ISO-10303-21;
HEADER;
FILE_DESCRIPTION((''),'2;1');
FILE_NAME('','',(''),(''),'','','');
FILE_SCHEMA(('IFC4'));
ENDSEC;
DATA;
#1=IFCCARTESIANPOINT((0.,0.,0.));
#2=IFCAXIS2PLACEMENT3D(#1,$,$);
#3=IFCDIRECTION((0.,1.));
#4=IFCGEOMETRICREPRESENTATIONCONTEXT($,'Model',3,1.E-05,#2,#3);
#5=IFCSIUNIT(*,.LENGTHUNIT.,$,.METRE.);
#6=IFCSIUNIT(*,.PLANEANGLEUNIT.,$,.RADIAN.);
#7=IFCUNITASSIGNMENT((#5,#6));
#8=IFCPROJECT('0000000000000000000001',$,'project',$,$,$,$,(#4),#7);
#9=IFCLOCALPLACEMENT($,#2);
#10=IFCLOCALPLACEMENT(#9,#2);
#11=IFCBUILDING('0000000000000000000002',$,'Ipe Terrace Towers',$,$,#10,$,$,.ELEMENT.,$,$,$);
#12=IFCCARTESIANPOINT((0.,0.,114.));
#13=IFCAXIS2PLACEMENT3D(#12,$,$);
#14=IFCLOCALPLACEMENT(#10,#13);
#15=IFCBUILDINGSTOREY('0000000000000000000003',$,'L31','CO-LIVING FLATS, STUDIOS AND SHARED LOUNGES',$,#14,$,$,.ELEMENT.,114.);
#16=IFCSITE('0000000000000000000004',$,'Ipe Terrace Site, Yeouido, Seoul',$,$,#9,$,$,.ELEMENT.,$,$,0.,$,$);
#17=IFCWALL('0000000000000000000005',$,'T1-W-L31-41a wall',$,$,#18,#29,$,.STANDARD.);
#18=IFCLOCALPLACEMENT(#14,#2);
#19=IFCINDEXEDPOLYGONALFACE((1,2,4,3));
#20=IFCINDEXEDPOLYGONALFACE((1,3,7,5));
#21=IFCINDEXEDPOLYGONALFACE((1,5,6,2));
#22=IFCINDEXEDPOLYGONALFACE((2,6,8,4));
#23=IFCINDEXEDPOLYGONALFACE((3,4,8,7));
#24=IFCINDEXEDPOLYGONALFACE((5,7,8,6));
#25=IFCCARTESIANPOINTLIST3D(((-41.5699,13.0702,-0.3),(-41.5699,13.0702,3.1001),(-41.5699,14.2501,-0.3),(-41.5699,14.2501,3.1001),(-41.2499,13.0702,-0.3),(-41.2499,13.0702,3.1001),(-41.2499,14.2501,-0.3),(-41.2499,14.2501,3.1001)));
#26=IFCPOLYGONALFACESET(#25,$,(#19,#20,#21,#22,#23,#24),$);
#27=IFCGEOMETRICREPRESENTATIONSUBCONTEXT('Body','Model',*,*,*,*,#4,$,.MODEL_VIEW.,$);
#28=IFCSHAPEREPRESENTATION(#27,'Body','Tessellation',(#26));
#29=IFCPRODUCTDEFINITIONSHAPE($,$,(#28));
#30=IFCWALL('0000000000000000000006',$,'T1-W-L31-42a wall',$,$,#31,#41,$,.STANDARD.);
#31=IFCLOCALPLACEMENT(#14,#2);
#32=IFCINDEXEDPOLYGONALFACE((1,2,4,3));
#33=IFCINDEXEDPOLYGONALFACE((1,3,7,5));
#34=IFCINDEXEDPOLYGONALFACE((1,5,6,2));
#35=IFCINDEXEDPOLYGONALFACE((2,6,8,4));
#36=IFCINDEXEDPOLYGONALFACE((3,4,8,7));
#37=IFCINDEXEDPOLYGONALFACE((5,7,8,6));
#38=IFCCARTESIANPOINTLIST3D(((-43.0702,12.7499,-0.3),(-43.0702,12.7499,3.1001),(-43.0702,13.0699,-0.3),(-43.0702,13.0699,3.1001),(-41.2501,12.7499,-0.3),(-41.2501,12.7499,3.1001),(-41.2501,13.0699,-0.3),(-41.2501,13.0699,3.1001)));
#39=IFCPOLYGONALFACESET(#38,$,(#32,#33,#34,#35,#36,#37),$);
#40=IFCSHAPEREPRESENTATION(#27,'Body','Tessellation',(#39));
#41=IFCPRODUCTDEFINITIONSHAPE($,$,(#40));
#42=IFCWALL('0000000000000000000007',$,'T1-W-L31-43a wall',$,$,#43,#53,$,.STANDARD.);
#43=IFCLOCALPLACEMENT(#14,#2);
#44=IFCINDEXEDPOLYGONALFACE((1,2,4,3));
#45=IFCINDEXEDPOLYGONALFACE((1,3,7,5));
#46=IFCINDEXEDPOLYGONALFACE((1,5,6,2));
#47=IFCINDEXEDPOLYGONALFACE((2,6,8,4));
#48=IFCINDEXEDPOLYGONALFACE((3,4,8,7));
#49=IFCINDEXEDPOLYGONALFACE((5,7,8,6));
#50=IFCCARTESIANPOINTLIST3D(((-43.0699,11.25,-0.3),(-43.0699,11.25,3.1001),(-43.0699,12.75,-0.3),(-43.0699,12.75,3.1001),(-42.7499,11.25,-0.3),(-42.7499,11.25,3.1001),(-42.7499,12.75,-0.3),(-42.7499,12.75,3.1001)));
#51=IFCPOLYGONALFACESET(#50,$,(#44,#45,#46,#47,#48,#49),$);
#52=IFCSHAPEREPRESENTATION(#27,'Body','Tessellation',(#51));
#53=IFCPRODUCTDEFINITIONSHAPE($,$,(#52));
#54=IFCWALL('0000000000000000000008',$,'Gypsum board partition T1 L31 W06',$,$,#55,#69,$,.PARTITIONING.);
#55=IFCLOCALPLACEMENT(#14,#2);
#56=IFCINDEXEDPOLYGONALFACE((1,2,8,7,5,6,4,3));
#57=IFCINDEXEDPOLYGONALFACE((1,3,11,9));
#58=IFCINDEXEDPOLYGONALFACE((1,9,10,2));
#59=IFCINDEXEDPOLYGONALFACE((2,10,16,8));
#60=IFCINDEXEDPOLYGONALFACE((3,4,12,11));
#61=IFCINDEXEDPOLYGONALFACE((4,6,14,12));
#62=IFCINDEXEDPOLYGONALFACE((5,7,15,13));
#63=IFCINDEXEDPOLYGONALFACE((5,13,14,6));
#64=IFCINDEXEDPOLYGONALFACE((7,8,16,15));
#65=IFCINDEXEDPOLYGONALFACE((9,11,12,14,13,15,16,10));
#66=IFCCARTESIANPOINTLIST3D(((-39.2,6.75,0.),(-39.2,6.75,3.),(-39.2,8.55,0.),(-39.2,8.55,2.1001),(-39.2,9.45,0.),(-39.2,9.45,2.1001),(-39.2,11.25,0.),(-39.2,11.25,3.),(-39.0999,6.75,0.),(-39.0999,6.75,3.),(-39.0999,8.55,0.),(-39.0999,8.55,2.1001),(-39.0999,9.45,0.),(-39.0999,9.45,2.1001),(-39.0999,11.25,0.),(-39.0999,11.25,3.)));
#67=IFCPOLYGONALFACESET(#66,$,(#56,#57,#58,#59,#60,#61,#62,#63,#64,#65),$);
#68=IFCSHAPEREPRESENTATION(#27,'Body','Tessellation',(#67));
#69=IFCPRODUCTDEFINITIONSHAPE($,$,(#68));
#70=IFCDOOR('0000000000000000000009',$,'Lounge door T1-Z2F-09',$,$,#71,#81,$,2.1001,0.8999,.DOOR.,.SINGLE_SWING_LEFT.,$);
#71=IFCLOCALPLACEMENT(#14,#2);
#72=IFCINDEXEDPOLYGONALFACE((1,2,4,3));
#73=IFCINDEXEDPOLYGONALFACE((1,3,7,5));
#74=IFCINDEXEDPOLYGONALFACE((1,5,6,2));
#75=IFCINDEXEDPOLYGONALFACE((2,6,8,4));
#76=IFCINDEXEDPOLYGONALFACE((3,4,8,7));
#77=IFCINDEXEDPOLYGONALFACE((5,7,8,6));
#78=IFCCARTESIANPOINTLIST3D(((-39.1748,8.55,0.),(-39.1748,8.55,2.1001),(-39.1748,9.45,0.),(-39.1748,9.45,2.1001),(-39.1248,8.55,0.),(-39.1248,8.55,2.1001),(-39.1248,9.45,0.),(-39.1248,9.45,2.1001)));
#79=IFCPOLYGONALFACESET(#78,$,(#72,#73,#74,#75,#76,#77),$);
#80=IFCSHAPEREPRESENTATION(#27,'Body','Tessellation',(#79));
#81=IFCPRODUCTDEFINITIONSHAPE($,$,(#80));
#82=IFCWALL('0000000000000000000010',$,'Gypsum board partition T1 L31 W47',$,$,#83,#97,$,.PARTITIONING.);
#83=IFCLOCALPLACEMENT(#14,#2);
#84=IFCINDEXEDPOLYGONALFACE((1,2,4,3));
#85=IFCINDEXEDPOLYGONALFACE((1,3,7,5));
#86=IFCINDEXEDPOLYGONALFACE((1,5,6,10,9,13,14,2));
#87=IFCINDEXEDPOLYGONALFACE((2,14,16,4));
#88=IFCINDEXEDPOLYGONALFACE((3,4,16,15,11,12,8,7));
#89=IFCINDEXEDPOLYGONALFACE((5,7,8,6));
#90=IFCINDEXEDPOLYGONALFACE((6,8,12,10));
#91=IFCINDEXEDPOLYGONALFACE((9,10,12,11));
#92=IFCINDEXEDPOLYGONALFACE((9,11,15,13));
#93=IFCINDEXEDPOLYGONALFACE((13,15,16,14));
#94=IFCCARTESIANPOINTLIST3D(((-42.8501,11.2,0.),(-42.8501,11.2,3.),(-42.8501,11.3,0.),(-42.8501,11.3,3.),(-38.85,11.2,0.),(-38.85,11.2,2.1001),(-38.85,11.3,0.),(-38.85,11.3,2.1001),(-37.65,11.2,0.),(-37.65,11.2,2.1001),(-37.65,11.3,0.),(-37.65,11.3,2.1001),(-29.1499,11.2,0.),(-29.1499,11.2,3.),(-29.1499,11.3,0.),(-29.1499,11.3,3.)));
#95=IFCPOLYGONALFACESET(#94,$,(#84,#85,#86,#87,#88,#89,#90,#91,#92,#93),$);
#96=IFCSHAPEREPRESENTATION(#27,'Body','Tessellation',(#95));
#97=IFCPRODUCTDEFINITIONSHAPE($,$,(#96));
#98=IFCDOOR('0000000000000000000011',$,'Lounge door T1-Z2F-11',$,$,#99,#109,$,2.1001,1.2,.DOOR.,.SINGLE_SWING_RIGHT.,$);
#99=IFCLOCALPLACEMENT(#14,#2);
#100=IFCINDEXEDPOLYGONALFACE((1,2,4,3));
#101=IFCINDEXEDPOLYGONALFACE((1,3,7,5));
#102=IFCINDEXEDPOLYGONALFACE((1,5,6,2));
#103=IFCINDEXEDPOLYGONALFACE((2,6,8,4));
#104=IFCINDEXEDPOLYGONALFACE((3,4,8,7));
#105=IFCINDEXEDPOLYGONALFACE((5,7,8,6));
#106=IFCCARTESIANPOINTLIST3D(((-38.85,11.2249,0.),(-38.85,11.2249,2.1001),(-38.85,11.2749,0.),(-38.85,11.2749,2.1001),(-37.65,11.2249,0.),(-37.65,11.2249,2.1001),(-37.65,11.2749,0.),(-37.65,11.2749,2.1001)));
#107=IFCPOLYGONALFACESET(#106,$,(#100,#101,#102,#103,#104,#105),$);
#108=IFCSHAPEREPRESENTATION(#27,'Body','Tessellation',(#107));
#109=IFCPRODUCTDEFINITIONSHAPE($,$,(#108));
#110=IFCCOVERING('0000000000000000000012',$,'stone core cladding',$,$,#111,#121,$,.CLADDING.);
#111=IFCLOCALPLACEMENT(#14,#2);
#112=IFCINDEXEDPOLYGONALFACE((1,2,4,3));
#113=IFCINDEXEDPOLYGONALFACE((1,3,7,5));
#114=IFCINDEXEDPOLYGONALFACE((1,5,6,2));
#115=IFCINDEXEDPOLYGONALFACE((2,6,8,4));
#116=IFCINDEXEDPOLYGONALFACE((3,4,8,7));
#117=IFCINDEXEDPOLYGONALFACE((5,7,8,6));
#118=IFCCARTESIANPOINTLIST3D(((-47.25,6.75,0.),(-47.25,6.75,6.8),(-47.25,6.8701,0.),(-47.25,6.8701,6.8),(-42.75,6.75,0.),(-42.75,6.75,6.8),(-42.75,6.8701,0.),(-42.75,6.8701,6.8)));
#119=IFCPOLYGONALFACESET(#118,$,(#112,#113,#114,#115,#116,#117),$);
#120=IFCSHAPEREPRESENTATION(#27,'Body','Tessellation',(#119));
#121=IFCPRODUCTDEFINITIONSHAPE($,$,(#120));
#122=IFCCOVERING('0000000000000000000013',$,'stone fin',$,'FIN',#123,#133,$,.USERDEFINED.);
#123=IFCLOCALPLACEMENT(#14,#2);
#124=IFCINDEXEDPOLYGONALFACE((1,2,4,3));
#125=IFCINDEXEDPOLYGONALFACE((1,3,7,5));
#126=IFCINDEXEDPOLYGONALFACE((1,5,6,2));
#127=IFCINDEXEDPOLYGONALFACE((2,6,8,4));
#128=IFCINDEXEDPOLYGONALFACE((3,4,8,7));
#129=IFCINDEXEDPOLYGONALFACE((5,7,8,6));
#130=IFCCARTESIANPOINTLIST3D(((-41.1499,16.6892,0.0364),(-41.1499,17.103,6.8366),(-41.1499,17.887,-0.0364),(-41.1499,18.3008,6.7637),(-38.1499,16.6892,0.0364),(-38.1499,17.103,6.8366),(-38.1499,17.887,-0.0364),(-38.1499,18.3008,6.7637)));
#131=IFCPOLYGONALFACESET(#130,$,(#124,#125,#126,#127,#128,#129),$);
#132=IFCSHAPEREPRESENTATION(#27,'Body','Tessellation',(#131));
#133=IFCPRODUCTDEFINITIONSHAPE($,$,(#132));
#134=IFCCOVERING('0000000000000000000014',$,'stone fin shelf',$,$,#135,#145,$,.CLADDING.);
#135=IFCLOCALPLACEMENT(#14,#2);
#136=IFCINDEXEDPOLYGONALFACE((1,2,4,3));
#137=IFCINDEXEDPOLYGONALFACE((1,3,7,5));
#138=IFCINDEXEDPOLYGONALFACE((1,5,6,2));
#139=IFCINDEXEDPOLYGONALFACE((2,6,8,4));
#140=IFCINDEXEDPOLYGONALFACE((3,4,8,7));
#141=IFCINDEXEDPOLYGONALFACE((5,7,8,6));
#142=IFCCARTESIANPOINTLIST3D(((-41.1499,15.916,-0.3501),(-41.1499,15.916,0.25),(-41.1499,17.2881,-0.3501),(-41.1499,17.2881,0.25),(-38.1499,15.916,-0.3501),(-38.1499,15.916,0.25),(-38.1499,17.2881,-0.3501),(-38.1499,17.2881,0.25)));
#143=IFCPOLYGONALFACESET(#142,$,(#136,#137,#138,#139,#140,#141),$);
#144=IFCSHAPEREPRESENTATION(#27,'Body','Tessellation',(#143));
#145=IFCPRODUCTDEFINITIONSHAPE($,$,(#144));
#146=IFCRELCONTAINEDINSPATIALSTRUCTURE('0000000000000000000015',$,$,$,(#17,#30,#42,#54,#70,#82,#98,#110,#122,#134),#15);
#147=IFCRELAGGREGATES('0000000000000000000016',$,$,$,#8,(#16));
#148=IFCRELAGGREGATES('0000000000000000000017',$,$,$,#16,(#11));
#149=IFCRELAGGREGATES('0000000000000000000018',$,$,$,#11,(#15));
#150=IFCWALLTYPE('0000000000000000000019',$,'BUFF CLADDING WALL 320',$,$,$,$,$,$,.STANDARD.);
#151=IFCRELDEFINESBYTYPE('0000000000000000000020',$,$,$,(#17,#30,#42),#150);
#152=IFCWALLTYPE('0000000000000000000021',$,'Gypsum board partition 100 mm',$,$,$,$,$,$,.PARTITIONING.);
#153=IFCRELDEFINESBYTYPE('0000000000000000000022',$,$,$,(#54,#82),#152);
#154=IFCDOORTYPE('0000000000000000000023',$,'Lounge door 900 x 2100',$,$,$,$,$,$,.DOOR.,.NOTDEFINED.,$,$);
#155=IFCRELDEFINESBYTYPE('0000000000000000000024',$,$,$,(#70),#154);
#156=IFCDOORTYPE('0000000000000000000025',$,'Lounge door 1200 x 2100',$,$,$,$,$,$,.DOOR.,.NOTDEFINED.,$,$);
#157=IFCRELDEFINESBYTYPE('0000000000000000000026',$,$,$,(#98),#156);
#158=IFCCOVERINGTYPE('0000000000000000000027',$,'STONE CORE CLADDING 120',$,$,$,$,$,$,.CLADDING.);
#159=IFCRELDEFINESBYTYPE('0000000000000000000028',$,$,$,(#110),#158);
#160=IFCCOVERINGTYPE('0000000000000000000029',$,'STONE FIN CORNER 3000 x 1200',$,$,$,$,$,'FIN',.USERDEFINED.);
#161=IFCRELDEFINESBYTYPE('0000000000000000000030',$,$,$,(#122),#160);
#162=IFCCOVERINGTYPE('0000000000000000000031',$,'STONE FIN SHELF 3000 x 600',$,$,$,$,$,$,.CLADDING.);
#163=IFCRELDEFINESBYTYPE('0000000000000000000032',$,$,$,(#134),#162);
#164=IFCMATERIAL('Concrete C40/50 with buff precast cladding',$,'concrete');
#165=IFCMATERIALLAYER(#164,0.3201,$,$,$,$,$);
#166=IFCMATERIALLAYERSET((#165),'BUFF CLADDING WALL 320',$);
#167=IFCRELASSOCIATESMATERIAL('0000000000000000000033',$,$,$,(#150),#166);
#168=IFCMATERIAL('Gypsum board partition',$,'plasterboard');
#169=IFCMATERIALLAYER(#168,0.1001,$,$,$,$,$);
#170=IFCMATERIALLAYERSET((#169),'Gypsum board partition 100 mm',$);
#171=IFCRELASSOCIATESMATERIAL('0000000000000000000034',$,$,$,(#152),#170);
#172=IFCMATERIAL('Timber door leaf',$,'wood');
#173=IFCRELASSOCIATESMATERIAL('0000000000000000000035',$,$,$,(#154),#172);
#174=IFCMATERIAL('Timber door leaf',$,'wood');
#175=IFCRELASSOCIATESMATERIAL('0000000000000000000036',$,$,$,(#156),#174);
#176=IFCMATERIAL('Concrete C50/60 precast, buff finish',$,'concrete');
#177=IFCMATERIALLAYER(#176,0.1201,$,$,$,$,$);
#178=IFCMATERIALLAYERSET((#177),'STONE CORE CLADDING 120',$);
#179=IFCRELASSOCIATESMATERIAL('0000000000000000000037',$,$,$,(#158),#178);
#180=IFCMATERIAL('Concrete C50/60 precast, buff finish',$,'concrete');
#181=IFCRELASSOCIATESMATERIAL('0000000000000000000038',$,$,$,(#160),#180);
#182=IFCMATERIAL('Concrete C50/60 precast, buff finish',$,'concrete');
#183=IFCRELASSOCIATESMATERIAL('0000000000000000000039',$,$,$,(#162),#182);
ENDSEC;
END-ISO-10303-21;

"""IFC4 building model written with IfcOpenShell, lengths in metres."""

from ifc_helpers import new_model, si_unit, direction, frame, frame_2d, origin, origin_2d, place, context, subcontext, project, spatial, rectangle, extrude, material, layer, layer_set, material_profile, profile_set, type_object, element, fill, save


model = new_model("IFC4")

# Units and contexts
model_context = context("Model", 3, precision=1e-05, world=origin(), true_north=direction((0.0, 1.0)))
body_context = subcontext(model_context, "Body", "Model", "MODEL_VIEW")
ifc_project = project(units=[si_unit("LENGTHUNIT", "METRE"), si_unit("PLANEANGLEUNIT", "RADIAN")], contexts=[model_context])

# Site, building, storey
site_placement = place(None, origin())
site = spatial("IfcSite", under=ifc_project, at=site_placement, Name="Ipe Terrace Site, Yeouido, Seoul", CompositionType="ELEMENT", RefElevation=0.0)
building_placement = place(site_placement, origin())
building = spatial("IfcBuilding", under=site, at=building_placement, Name="Ipe Terrace Towers", CompositionType="ELEMENT")
storey_placement = place(building_placement, frame((0.0, 0.0, 114.0)))
storey = spatial("IfcBuildingStorey", under=building, at=storey_placement, Name="L31", Description="CO-LIVING FLATS, STUDIOS AND SHARED LOUNGES", CompositionType="ELEMENT", Elevation=114.0)

# Walls
ifc_material_1 = material(Name="Concrete C40/50 with buff precast cladding", Category="concrete")
ifc_layer_1 = layer(ifc_material_1, 0.3201)
ifc_layer_set_1 = layer_set([ifc_layer_1], Name="BUFF CLADDING WALL 320")
wall_type_1 = type_object("IfcWallType", Name="BUFF CLADDING WALL 320", PredefinedType="STANDARD", material=ifc_layer_set_1)
wall_1_placement = place(storey_placement, frame((-41.4099, 14.25, -0.3), z_axis=(0.0, 0.0, 1.0), x_axis=(0.0, -1.0, 0.0)))
element("IfcWall", 1, at=wall_1_placement, inside=storey, type_object=wall_type_1, Name="T1-W-L31-41a wall", PredefinedType="STANDARD", context=body_context, shape_type="SweptSolid", body=[
    extrude(rectangle(XDim=1.1799, YDim=0.3201, at=frame_2d((0.5898, 0.0))), origin(), (0.0, 0.0, 1.0), 3.4001),
])
wall_2_placement = place(storey_placement, frame((-41.25, 12.9099, -0.3), z_axis=(0.0, 0.0, 1.0), x_axis=(-1.0, 0.0, 0.0)))
element("IfcWall", 2, at=wall_2_placement, inside=storey, type_object=wall_type_1, Name="T1-W-L31-42a wall", PredefinedType="STANDARD", context=body_context, shape_type="SweptSolid", body=[
    extrude(rectangle(XDim=1.8201, YDim=0.3201, at=frame_2d((0.9102, 0.0))), origin(), (0.0, 0.0, 1.0), 3.4001),
])
wall_3_placement = place(storey_placement, frame((-42.9099, 12.75, -0.3), z_axis=(0.0, 0.0, 1.0), x_axis=(0.0, -1.0, 0.0)))
element("IfcWall", 3, at=wall_3_placement, inside=storey, type_object=wall_type_1, Name="T1-W-L31-43a wall", PredefinedType="STANDARD", context=body_context, shape_type="SweptSolid", body=[
    extrude(rectangle(XDim=1.5, YDim=0.3201, at=frame_2d((0.75, 0.0))), origin(), (0.0, 0.0, 1.0), 3.4001),
])

# Walls, openings, doors
ifc_material_2 = material(Name="Gypsum board partition", Category="plasterboard")
ifc_layer_2 = layer(ifc_material_2, 0.1001)
ifc_layer_set_2 = layer_set([ifc_layer_2], Name="Gypsum board partition 100 mm")
wall_type_2 = type_object("IfcWallType", Name="Gypsum board partition 100 mm", PredefinedType="PARTITIONING", material=ifc_layer_set_2)
wall_4_placement = place(storey_placement, frame((-39.1499, 6.75, 0.0), z_axis=(0.0, 0.0, 1.0), x_axis=(0.0, 1.0, 0.0)))
wall_4 = element("IfcWall", 4, at=wall_4_placement, inside=storey, type_object=wall_type_2, Name="Gypsum board partition T1 L31 W06", PredefinedType="PARTITIONING", context=body_context, shape_type="SweptSolid", body=[
    extrude(rectangle(XDim=4.5, YDim=0.1001, at=frame_2d((2.25, 0.0))), origin(), (0.0, 0.0, 1.0), 3.0),
])
opening_1_placement = place(wall_4_placement, frame((1.8, 0.0, 0.0)))
opening_1 = element("IfcOpeningElement", 5, at=opening_1_placement, cuts=wall_4, PredefinedType="OPENING", context=body_context, shape_type="SweptSolid", body=[
    extrude(rectangle(XDim=0.8999, YDim=2.1001, at=frame_2d((0.45, 1.05))), frame((0.0, 0.0601, 0.0), z_axis=(0.0, -1.0, 0.0), x_axis=(1.0, 0.0, 0.0)), (0.0, 0.0, 1.0), 0.1201),
])
ifc_material_3 = material(Name="Timber door leaf", Category="wood")
door_type_1 = type_object("IfcDoorType", Name="Lounge door 900 x 2100", OperationType="NOTDEFINED", PredefinedType="DOOR", material=ifc_material_3)
door_1_placement = place(opening_1_placement, origin())
door_1 = element("IfcDoor", 6, at=door_1_placement, inside=storey, type_object=door_type_1, Name="Lounge door T1-Z2F-09", OperationType="SINGLE_SWING_LEFT", OverallHeight=2.1001, OverallWidth=0.8999, PredefinedType="DOOR", context=body_context, shape_type="SweptSolid", body=[
    extrude(rectangle(XDim=0.8999, YDim=2.1001, at=frame_2d((0.45, 1.05))), frame((0.0, 0.0249, 0.0), z_axis=(0.0, -1.0, 0.0), x_axis=(1.0, 0.0, 0.0)), (0.0, 0.0, 1.0), 0.05),
])
fill(opening_1, door_1)
wall_5_placement = place(storey_placement, frame((-42.8501, 11.25, 0.0), z_axis=(0.0, 0.0, 1.0), x_axis=(1.0, 0.0, 0.0)))
wall_5 = element("IfcWall", 7, at=wall_5_placement, inside=storey, type_object=wall_type_2, Name="Gypsum board partition T1 L31 W47", PredefinedType="PARTITIONING", context=body_context, shape_type="SweptSolid", body=[
    extrude(rectangle(XDim=13.7002, YDim=0.1001, at=frame_2d((6.8501, 0.0))), origin(), (0.0, 0.0, 1.0), 3.0),
])
opening_2_placement = place(wall_5_placement, frame((4.0, 0.0, 0.0)))
opening_2 = element("IfcOpeningElement", 8, at=opening_2_placement, cuts=wall_5, PredefinedType="OPENING", context=body_context, shape_type="SweptSolid", body=[
    extrude(rectangle(XDim=1.2, YDim=2.1001, at=frame_2d((0.6001, 1.05))), frame((0.0, 0.0601, 0.0), z_axis=(0.0, -1.0, 0.0), x_axis=(1.0, 0.0, 0.0)), (0.0, 0.0, 1.0), 0.1201),
])
ifc_material_4 = material(Name="Timber door leaf", Category="wood")
door_type_2 = type_object("IfcDoorType", Name="Lounge door 1200 x 2100", OperationType="NOTDEFINED", PredefinedType="DOOR", material=ifc_material_4)
door_2_placement = place(opening_2_placement, origin())
door_2 = element("IfcDoor", 9, at=door_2_placement, inside=storey, type_object=door_type_2, Name="Lounge door T1-Z2F-11", OperationType="SINGLE_SWING_RIGHT", OverallHeight=2.1001, OverallWidth=1.2, PredefinedType="DOOR", context=body_context, shape_type="SweptSolid", body=[
    extrude(rectangle(XDim=1.2, YDim=2.1001, at=frame_2d((0.6001, 1.05))), frame((0.0, 0.0249, 0.0), z_axis=(0.0, -1.0, 0.0), x_axis=(1.0, 0.0, 0.0)), (0.0, 0.0, 1.0), 0.05),
])
fill(opening_2, door_2)

# Coverings
ifc_material_5 = material(Name="Concrete C50/60 precast, buff finish", Category="concrete")
ifc_layer_3 = layer(ifc_material_5, 0.1201)
ifc_layer_set_3 = layer_set([ifc_layer_3], Name="STONE CORE CLADDING 120")
covering_type_1 = type_object("IfcCoveringType", Name="STONE CORE CLADDING 120", PredefinedType="CLADDING", material=ifc_layer_set_3)
covering_1_placement = place(storey_placement, frame((-45.0, 6.8101, 0.0), z_axis=(0.0, 0.0, 1.0), x_axis=(-1.0, 0.0, 0.0)))
element("IfcCovering", 10, at=covering_1_placement, inside=storey, type_object=covering_type_1, Name="stone core cladding", PredefinedType="CLADDING", context=body_context, shape_type="SweptSolid", body=[
    extrude(rectangle(XDim=4.5, YDim=0.1201, at=origin_2d()), origin(), (0.0, 0.0, 1.0), 6.8),
])
ifc_material_6 = material(Name="Concrete C50/60 precast, buff finish", Category="concrete")
ifc_material_profile_1 = material_profile(ifc_material_6, rectangle(XDim=3.0, YDim=1.2, at=origin_2d()), Name="STONE FIN CORNER 3000 x 1200")
ifc_profile_set_1 = profile_set([ifc_material_profile_1], Name="Concrete C50/60 precast, buff finish")
covering_type_2 = type_object("IfcCoveringType", Name="STONE FIN CORNER 3000 x 1200", ElementType="FIN", PredefinedType="USERDEFINED", material=ifc_profile_set_1)
covering_2_placement = place(storey_placement, frame((-39.6499, 17.2881, 0.0), z_axis=(0.0, 0.060743, 0.998153), x_axis=(-1.0, 0.0, 0.0)))
element("IfcCovering", 11, at=covering_2_placement, inside=storey, type_object=covering_type_2, Name="stone fin", ObjectType="FIN", PredefinedType="USERDEFINED", context=body_context, shape_type="SweptSolid", body=[
    extrude(rectangle(XDim=3.0, YDim=1.2, at=origin_2d()), origin(), (0.0, 0.0, 1.0), 6.8127),
])
ifc_material_7 = material(Name="Concrete C50/60 precast, buff finish", Category="concrete")
covering_type_3 = type_object("IfcCoveringType", Name="STONE FIN SHELF 3000 x 600", PredefinedType="CLADDING", material=ifc_material_7)
covering_3_placement = place(storey_placement, frame((-39.6499, 16.6021, -0.3501), z_axis=(0.0, 0.0, 1.0), x_axis=(-1.0, 0.0, 0.0)))
element("IfcCovering", 12, at=covering_3_placement, inside=storey, type_object=covering_type_3, Name="stone fin shelf", PredefinedType="CLADDING", context=body_context, shape_type="SweptSolid", body=[
    extrude(rectangle(XDim=3.0, YDim=1.3721, at=origin_2d()), origin(), (0.0, 0.0, 1.0), 0.6001),
])

save(model, "model.ifc")
